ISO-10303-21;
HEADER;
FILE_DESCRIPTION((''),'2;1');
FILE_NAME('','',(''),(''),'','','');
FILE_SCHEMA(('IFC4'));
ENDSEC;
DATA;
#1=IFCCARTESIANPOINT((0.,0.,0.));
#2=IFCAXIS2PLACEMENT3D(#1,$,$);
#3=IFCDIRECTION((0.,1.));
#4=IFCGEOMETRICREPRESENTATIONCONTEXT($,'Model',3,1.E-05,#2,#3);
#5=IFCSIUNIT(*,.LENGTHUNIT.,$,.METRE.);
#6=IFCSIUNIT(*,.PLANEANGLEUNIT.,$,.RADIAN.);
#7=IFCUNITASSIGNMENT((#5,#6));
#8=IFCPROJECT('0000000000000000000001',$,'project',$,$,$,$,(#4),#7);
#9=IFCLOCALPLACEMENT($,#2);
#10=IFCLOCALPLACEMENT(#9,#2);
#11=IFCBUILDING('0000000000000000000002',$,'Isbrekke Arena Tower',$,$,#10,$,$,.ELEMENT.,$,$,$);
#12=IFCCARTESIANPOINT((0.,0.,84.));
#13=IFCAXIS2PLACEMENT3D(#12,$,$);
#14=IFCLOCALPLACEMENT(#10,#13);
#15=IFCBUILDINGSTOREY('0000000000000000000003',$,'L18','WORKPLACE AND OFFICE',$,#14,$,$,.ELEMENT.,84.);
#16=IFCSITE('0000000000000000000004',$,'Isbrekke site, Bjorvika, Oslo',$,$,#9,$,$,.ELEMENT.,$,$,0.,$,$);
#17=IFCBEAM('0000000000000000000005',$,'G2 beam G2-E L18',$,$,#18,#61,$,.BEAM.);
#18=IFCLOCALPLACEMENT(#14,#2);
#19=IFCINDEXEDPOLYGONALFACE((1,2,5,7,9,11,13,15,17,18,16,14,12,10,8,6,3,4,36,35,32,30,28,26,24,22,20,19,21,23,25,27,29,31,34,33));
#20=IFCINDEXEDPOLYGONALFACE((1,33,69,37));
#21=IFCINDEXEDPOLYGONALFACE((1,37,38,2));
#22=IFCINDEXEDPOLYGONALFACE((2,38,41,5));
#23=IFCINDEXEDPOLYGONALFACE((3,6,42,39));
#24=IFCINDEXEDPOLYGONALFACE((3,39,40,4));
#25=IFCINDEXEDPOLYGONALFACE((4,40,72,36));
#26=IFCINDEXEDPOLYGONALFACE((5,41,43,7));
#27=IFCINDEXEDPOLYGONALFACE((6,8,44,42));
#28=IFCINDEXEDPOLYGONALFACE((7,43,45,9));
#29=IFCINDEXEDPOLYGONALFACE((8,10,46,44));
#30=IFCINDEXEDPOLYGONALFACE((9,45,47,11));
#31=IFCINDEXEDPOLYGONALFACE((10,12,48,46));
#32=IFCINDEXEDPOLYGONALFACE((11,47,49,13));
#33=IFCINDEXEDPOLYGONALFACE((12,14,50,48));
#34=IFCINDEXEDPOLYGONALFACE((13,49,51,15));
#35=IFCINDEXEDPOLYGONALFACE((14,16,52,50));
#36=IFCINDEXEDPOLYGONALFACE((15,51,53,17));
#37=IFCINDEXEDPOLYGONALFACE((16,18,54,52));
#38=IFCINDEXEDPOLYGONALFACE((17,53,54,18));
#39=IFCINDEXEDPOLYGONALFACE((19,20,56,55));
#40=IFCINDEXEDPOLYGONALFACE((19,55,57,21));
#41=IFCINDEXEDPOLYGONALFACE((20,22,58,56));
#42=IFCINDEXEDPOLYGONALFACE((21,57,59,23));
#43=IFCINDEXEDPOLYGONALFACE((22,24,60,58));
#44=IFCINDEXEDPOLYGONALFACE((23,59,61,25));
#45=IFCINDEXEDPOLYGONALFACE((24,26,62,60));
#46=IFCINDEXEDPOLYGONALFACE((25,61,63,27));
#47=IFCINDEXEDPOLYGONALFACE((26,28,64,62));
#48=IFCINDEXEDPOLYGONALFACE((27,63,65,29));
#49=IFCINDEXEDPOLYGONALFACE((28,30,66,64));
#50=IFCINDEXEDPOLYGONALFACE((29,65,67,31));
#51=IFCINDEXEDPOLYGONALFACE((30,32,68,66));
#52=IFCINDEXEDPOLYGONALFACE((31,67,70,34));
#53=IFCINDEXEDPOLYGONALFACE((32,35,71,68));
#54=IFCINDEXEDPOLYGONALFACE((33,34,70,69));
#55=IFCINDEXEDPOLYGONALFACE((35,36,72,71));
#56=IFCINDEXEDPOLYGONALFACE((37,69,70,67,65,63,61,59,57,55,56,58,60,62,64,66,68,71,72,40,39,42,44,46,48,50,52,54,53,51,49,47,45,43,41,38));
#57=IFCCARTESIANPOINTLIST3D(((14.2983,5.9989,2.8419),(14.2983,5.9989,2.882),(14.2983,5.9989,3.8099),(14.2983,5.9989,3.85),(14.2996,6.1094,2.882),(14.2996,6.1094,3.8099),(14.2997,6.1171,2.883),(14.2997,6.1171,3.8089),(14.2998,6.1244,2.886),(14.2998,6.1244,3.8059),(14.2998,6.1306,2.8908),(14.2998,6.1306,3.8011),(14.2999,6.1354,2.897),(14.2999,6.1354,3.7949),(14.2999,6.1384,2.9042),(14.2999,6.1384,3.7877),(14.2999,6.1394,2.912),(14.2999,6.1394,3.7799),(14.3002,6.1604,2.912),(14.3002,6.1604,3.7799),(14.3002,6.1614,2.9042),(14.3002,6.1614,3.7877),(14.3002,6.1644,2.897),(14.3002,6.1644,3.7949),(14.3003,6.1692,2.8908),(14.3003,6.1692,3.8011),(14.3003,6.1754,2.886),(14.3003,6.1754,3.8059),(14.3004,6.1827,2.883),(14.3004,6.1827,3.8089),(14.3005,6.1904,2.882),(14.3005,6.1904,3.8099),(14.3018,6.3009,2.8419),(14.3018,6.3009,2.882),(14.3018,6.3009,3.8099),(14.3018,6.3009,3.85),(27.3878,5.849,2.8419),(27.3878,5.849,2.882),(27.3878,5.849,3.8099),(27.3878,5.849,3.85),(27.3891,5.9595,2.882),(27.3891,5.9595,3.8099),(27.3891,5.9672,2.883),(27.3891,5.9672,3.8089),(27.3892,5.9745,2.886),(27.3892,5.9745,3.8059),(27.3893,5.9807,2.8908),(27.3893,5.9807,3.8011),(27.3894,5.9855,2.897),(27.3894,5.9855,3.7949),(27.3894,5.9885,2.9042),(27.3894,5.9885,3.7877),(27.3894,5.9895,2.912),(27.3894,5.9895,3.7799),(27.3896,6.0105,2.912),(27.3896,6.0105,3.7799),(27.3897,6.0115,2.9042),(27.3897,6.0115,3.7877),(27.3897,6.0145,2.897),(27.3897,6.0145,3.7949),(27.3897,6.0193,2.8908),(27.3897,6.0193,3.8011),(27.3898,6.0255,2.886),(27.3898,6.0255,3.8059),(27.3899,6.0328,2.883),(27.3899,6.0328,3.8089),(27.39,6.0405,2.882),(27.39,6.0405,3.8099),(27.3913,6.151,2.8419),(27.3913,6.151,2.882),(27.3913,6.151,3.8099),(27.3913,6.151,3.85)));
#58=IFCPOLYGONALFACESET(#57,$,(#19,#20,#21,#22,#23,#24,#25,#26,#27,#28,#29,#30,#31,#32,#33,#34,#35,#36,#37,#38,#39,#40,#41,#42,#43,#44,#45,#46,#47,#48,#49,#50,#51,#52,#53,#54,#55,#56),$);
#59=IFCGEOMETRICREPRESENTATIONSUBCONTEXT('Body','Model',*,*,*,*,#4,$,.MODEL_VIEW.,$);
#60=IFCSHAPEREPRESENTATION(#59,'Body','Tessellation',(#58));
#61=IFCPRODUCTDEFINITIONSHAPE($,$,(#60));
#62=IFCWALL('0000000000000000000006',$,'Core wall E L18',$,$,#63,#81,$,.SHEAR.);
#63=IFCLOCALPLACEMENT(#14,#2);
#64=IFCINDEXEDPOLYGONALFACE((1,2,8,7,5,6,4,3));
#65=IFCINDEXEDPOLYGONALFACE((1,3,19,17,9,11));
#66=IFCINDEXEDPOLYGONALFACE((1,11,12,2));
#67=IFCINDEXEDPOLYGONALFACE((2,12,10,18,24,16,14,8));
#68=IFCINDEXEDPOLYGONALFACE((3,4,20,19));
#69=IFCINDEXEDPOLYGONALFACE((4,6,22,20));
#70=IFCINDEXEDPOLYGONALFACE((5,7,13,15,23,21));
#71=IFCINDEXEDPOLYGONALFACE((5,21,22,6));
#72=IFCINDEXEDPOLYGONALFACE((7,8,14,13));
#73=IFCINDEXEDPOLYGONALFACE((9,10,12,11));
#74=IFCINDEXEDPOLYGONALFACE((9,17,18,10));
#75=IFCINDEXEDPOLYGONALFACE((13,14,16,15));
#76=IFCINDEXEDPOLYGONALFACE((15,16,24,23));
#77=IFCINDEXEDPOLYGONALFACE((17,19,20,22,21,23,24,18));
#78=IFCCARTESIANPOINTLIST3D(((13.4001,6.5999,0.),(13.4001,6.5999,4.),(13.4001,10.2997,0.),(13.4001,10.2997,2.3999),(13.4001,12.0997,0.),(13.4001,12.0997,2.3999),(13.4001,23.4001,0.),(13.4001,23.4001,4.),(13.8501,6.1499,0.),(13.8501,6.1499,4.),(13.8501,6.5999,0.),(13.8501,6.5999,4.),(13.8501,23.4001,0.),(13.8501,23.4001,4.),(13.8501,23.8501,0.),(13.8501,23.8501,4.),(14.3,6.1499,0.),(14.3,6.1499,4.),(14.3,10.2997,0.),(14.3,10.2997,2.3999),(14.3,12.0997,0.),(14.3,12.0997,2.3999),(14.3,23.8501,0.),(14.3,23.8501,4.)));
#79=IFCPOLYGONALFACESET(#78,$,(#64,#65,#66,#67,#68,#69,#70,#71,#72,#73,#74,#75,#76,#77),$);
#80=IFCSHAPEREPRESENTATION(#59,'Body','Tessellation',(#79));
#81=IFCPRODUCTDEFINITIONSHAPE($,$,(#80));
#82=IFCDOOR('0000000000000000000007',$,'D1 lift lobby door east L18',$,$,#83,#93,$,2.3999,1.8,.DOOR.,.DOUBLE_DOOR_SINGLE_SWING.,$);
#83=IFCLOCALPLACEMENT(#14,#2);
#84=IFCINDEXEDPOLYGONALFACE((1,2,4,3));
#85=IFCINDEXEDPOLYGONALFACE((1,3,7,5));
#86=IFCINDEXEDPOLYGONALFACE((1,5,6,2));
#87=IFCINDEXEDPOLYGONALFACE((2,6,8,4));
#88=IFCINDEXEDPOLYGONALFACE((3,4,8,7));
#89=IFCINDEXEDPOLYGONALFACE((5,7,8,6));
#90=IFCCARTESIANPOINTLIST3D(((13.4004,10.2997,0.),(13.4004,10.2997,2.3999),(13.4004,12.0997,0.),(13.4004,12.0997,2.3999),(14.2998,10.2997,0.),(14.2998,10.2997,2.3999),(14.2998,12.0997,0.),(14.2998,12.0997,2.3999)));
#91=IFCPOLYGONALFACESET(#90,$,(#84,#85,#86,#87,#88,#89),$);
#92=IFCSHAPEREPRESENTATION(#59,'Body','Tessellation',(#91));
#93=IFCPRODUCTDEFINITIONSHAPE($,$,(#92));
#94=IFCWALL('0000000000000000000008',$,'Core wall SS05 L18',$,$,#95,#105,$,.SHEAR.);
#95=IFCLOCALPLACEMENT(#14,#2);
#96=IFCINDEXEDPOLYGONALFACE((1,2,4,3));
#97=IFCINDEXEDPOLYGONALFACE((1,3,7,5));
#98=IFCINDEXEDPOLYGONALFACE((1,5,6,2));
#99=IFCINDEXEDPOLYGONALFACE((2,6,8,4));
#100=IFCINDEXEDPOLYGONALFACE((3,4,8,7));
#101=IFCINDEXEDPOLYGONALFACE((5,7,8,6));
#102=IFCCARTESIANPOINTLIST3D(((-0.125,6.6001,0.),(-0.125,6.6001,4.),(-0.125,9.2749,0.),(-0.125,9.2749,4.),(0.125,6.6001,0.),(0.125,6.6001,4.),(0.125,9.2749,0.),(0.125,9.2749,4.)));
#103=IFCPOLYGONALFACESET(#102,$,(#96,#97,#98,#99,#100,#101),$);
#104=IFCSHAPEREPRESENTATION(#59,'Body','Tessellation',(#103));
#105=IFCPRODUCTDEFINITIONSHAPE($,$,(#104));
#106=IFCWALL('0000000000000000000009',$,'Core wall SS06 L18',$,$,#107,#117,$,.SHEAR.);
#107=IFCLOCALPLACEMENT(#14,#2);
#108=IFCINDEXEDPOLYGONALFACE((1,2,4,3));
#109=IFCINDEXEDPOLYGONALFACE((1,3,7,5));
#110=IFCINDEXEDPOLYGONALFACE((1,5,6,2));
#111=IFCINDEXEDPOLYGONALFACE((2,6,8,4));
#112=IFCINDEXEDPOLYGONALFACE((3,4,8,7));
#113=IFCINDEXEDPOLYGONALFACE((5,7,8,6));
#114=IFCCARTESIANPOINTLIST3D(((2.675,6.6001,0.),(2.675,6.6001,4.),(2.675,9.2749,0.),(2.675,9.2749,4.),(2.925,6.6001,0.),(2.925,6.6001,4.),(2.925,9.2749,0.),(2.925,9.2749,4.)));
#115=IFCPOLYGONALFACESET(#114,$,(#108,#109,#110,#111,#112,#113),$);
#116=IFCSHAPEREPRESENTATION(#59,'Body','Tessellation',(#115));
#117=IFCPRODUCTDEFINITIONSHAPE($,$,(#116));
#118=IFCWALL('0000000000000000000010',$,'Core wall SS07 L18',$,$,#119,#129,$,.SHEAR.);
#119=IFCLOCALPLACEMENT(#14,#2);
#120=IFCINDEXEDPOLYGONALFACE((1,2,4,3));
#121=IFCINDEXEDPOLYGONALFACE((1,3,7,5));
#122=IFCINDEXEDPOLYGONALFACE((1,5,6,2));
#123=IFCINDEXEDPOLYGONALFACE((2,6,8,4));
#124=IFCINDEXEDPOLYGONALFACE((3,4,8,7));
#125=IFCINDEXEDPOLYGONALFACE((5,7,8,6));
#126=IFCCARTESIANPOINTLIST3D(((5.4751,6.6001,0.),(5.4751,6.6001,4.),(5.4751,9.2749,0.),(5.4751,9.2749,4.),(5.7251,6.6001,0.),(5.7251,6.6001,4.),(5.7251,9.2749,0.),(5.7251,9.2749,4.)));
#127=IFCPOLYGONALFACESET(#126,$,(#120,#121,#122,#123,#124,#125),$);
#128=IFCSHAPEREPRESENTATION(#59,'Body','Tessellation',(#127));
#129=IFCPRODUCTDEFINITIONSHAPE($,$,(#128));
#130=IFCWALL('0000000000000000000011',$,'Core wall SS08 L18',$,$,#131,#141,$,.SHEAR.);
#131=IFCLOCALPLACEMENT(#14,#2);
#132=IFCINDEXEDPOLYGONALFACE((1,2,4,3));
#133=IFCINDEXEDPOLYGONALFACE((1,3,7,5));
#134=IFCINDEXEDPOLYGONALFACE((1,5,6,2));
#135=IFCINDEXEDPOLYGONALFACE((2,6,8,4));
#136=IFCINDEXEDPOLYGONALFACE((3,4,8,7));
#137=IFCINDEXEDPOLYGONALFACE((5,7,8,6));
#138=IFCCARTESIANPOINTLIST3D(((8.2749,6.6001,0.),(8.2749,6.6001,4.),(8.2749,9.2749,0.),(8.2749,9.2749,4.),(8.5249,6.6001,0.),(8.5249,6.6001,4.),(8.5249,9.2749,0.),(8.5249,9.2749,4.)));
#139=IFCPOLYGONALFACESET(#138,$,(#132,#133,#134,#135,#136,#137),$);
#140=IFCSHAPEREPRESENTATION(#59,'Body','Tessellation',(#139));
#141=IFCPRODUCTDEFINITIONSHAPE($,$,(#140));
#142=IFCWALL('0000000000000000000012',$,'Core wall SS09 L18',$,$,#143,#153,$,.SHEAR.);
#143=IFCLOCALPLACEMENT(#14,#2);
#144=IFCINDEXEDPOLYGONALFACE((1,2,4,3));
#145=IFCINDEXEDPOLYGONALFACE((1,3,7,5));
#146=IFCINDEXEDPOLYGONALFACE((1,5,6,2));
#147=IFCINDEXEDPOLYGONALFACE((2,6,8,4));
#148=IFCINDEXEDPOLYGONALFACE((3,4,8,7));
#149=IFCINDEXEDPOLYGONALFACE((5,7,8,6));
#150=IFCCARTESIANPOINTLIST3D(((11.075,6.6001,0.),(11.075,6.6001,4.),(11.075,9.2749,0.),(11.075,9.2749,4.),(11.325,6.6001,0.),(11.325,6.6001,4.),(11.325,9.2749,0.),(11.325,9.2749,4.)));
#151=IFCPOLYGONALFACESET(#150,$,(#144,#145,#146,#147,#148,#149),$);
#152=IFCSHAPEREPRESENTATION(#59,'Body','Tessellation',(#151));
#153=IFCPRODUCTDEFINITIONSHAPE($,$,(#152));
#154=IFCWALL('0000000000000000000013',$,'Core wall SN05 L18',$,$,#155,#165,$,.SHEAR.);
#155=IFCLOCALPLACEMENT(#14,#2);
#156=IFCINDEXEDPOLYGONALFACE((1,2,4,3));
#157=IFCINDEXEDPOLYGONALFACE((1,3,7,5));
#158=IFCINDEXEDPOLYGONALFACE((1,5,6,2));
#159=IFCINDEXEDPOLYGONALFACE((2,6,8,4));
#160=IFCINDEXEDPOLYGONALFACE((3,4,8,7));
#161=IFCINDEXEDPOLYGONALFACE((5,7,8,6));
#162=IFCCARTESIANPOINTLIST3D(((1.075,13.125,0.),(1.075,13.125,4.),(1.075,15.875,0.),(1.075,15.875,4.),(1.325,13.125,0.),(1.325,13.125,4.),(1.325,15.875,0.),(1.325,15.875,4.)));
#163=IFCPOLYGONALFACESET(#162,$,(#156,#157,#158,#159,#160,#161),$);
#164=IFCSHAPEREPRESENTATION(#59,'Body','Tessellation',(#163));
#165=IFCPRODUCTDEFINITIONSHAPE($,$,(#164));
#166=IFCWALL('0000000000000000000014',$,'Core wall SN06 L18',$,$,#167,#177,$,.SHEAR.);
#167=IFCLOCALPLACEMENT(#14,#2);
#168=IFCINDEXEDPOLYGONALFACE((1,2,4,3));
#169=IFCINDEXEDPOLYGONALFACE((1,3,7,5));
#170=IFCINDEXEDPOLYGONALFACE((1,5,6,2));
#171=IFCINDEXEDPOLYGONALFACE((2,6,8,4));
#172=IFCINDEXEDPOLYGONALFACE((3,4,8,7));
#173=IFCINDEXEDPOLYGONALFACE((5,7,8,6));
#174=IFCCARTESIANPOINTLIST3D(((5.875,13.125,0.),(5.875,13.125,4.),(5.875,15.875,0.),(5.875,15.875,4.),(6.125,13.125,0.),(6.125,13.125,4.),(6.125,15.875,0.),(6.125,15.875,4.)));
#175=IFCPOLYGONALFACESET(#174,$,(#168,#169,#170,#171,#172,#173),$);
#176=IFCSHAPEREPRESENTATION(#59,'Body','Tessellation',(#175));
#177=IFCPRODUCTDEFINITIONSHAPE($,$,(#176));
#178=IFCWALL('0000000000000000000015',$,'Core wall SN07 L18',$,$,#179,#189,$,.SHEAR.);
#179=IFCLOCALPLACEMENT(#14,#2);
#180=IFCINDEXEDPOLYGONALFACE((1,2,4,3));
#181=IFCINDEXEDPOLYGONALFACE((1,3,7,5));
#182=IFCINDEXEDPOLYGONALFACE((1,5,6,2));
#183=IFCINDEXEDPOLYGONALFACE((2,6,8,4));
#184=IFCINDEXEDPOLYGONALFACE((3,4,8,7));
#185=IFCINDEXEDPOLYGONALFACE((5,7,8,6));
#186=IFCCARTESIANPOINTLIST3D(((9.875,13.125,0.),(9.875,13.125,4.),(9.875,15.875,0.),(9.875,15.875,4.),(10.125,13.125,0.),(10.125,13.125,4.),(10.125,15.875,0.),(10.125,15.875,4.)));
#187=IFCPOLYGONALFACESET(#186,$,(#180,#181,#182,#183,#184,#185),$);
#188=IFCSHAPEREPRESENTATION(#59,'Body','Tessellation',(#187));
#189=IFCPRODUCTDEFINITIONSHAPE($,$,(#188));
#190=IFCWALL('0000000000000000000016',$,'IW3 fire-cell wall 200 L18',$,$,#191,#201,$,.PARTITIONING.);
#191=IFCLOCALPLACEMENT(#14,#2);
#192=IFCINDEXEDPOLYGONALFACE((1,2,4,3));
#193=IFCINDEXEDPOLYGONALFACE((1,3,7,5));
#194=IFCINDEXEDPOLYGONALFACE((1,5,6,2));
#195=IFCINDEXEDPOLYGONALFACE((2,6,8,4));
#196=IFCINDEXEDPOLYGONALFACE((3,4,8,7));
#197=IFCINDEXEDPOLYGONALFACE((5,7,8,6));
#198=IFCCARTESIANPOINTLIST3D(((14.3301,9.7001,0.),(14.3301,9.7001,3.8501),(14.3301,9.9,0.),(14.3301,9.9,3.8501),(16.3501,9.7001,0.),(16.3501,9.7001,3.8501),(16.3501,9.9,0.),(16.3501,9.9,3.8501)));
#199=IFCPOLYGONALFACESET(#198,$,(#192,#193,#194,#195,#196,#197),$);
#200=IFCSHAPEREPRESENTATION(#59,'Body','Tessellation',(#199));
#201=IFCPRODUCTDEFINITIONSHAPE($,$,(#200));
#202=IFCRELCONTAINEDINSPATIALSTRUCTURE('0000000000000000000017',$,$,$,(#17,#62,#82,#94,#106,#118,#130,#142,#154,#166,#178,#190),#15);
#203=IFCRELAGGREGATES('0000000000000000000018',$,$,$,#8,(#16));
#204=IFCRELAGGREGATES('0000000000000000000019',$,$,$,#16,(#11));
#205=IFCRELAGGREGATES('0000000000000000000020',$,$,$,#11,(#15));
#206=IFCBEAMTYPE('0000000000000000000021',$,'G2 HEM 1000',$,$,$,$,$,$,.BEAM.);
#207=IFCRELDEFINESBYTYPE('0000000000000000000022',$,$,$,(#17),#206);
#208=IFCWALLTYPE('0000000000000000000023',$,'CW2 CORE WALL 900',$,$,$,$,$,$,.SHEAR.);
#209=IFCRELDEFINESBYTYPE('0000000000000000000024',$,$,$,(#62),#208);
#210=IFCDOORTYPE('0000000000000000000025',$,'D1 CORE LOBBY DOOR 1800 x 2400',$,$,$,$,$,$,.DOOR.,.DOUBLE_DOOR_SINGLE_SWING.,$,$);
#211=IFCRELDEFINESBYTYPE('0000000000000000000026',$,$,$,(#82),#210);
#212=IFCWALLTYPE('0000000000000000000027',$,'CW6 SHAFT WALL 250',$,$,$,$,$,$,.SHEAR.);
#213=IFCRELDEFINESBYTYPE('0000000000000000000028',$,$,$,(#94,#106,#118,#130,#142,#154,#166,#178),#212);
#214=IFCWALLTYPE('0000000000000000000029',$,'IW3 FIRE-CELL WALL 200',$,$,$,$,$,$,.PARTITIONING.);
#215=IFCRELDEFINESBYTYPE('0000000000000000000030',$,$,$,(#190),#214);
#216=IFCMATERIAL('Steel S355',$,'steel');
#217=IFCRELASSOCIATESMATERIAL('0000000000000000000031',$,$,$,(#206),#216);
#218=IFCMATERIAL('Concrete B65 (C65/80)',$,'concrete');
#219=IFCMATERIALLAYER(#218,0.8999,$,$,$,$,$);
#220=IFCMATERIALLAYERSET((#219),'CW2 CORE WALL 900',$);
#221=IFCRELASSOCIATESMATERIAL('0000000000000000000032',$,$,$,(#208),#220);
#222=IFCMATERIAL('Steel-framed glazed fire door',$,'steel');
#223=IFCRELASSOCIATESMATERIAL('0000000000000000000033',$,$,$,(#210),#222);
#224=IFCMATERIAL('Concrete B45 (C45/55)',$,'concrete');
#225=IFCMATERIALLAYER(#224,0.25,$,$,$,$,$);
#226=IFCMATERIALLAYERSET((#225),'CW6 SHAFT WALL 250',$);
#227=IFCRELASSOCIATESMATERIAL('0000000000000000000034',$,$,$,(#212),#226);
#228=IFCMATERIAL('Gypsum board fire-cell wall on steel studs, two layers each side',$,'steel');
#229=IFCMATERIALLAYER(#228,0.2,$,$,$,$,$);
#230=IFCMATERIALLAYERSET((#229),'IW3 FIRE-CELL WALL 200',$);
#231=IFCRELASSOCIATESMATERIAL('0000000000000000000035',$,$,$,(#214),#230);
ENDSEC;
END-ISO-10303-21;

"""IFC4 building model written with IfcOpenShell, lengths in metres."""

from ifc_helpers import new_model, si_unit, direction, frame, frame_2d, origin, origin_2d, place, context, subcontext, project, spatial, polyline, rectangle, i_section, outline, extrude, material, layer, layer_set, material_profile, profile_set, type_object, element, fill, save


model = new_model("IFC4")

# Units and contexts
model_context = context("Model", 3, precision=1e-05, world=origin(), true_north=direction((0.0, 1.0)))
body_context = subcontext(model_context, "Body", "Model", "MODEL_VIEW")
ifc_project = project(units=[si_unit("LENGTHUNIT", "METRE"), si_unit("PLANEANGLEUNIT", "RADIAN")], contexts=[model_context])

# Site, building, storey
site_placement = place(None, origin())
site = spatial("IfcSite", under=ifc_project, at=site_placement, Name="Isbrekke site, Bjorvika, Oslo", CompositionType="ELEMENT", RefElevation=0.0)
building_placement = place(site_placement, origin())
building = spatial("IfcBuilding", under=site, at=building_placement, Name="Isbrekke Arena Tower", CompositionType="ELEMENT")
storey_placement = place(building_placement, frame((0.0, 0.0, 84.0)))
storey = spatial("IfcBuildingStorey", under=building, at=storey_placement, Name="L18", Description="WORKPLACE AND OFFICE", CompositionType="ELEMENT", Elevation=84.0)

# Beam
ifc_material_1 = material(Name="Steel S355", Category="steel")
ifc_material_profile = material_profile(ifc_material_1, i_section(OverallWidth=0.302, OverallDepth=1.0081, WebThickness=0.021, FlangeThickness=0.04, FilletRadius=0.03, at=origin_2d()), Name="HEM 1000")
ifc_profile_set = profile_set([ifc_material_profile], Name="Steel S355")
beam_type = type_object("IfcBeamType", Name="G2 HEM 1000", PredefinedType="BEAM", material=ifc_profile_set)
beam_placement = place(storey_placement, frame((14.3, 6.1499, 3.3459), z_axis=(0.999934, -0.011451, 0.0), x_axis=(0.011451, 0.999934, 0.0)))
element("IfcBeam", 1, at=beam_placement, inside=storey, type_object=beam_type, Name="G2 beam G2-E L18", PredefinedType="BEAM", context=body_context, shape_type="SweptSolid", body=[
    extrude(i_section(OverallWidth=0.302, OverallDepth=1.0081, WebThickness=0.021, FlangeThickness=0.04, FilletRadius=0.03, at=origin_2d()), origin(), (0.0, 0.0, 1.0), 13.0903),
])

# Wall, opening, door
ifc_material_2 = material(Name="Concrete B65 (C65/80)", Category="concrete")
ifc_layer_1 = layer(ifc_material_2, 0.8999)
ifc_layer_set_1 = layer_set([ifc_layer_1], Name="CW2 CORE WALL 900")
wall_type_1 = type_object("IfcWallType", Name="CW2 CORE WALL 900", PredefinedType="SHEAR", material=ifc_layer_set_1)
wall_1_placement = place(storey_placement, frame((13.8501, 6.1499, 0.0), z_axis=(0.0, 0.0, 1.0), x_axis=(0.0, 1.0, 0.0)))
wall_1 = element("IfcWall", 2, at=wall_1_placement, inside=storey, type_object=wall_type_1, Name="Core wall E L18", PredefinedType="SHEAR", context=body_context, shape_type="SweptSolid", body=[
    extrude(outline(polyline([(0.0, -0.45), (17.7002, -0.45), (17.7002, 0.0), (17.2502, 0.0), (17.2502, 0.45), (0.45, 0.45), (0.45, 0.0), (0.0, 0.0), (0.0, -0.45)])), origin(), (0.0, 0.0, 1.0), 4.0),
])
opening_1_placement = place(wall_1_placement, frame((4.1499, 0.0, 0.0)))
opening_1 = element("IfcOpeningElement", 3, at=opening_1_placement, cuts=wall_1, PredefinedType="OPENING", context=body_context, shape_type="SweptSolid", body=[
    extrude(rectangle(XDim=1.8, YDim=2.3999, at=frame_2d((0.8999, 1.2))), frame((0.0, 0.4648, 0.0), z_axis=(0.0, -1.0, 0.0), x_axis=(1.0, 0.0, 0.0)), (0.0, 0.0, 1.0), 0.9297),
])
ifc_material_3 = material(Name="Steel-framed glazed fire door", Category="steel")
door_type_1 = type_object("IfcDoorType", Name="D1 CORE LOBBY DOOR 1800 x 2400", OperationType="DOUBLE_DOOR_SINGLE_SWING", PredefinedType="DOOR", material=ifc_material_3)
door_1_placement = place(opening_1_placement, origin())
door_1 = element("IfcDoor", 4, at=door_1_placement, inside=storey, type_object=door_type_1, Name="D1 lift lobby door east L18", OperationType="DOUBLE_DOOR_SINGLE_SWING", OverallHeight=2.3999, OverallWidth=1.8, PredefinedType="DOOR", context=body_context, shape_type="SweptSolid", body=[
    extrude(rectangle(XDim=1.8, YDim=2.3999, at=frame_2d((0.8999, 1.2))), frame((0.0, 0.4497, 0.0), z_axis=(0.0, -1.0, 0.0), x_axis=(1.0, 0.0, 0.0)), (0.0, 0.0, 1.0), 0.8994),
])
fill(opening_1, door_1)

# Walls
ifc_material_4 = material(Name="Concrete B45 (C45/55)", Category="concrete")
ifc_layer_2 = layer(ifc_material_4, 0.25)
ifc_layer_set_2 = layer_set([ifc_layer_2], Name="CW6 SHAFT WALL 250")
wall_type_2 = type_object("IfcWallType", Name="CW6 SHAFT WALL 250", PredefinedType="SHEAR", material=ifc_layer_set_2)
for number, where, z_axis, x_axis, name in (
    (5, (0.0, 6.6001, 0.0), (0.0, 0.0, 1.0), (0.0, 1.0, 0.0), "Core wall SS05 L18"),
    (6, (2.8, 6.6001, 0.0), (0.0, 0.0, 1.0), (0.0, 1.0, 0.0), "Core wall SS06 L18"),
    (7, (5.6001, 6.6001, 0.0), (0.0, 0.0, 1.0), (0.0, 1.0, 0.0), "Core wall SS07 L18"),
    (8, (8.3999, 6.6001, 0.0), (0.0, 0.0, 1.0), (0.0, 1.0, 0.0), "Core wall SS08 L18"),
    (9, (11.2, 6.6001, 0.0), (0.0, 0.0, 1.0), (0.0, 1.0, 0.0), "Core wall SS09 L18"),
):
    element("IfcWall", number, at=place(storey_placement, frame(where, z_axis=z_axis, x_axis=x_axis)), inside=storey, type_object=wall_type_2, Name=name, PredefinedType="SHEAR", context=body_context, shape_type="SweptSolid", body=[
        extrude(rectangle(XDim=2.6748, YDim=0.25, at=frame_2d((1.3374, 0.0))), origin(), (0.0, 0.0, 1.0), 4.0),
    ])
for number, where, z_axis, x_axis, name in (
    (10, (1.2, 13.125, 0.0), (0.0, 0.0, 1.0), (0.0, 1.0, 0.0), "Core wall SN05 L18"),
    (11, (6.0, 13.125, 0.0), (0.0, 0.0, 1.0), (0.0, 1.0, 0.0), "Core wall SN06 L18"),
    (12, (10.0, 13.125, 0.0), (0.0, 0.0, 1.0), (0.0, 1.0, 0.0), "Core wall SN07 L18"),
):
    element("IfcWall", number, at=place(storey_placement, frame(where, z_axis=z_axis, x_axis=x_axis)), inside=storey, type_object=wall_type_2, Name=name, PredefinedType="SHEAR", context=body_context, shape_type="SweptSolid", body=[
        extrude(rectangle(XDim=2.75, YDim=0.25, at=frame_2d((1.375, 0.0))), origin(), (0.0, 0.0, 1.0), 4.0),
    ])
ifc_material_5 = material(Name="Gypsum board fire-cell wall on steel studs, two layers each side", Category="steel")
ifc_layer_3 = layer(ifc_material_5, 0.2)
ifc_layer_set_3 = layer_set([ifc_layer_3], Name="IW3 FIRE-CELL WALL 200")
wall_type_3 = type_object("IfcWallType", Name="IW3 FIRE-CELL WALL 200", PredefinedType="PARTITIONING", material=ifc_layer_set_3)
wall_2_placement = place(storey_placement, frame((14.3301, 9.8, 0.0), z_axis=(0.0, 0.0, 1.0), x_axis=(1.0, 0.0, 0.0)))
element("IfcWall", 13, at=wall_2_placement, inside=storey, type_object=wall_type_3, Name="IW3 fire-cell wall 200 L18", PredefinedType="PARTITIONING", context=body_context, shape_type="SweptSolid", body=[
    extrude(rectangle(XDim=2.02, YDim=0.2, at=frame_2d((1.01, 0.0))), origin(), (0.0, 0.0, 1.0), 3.8501),
])

save(model, "model.ifc")
